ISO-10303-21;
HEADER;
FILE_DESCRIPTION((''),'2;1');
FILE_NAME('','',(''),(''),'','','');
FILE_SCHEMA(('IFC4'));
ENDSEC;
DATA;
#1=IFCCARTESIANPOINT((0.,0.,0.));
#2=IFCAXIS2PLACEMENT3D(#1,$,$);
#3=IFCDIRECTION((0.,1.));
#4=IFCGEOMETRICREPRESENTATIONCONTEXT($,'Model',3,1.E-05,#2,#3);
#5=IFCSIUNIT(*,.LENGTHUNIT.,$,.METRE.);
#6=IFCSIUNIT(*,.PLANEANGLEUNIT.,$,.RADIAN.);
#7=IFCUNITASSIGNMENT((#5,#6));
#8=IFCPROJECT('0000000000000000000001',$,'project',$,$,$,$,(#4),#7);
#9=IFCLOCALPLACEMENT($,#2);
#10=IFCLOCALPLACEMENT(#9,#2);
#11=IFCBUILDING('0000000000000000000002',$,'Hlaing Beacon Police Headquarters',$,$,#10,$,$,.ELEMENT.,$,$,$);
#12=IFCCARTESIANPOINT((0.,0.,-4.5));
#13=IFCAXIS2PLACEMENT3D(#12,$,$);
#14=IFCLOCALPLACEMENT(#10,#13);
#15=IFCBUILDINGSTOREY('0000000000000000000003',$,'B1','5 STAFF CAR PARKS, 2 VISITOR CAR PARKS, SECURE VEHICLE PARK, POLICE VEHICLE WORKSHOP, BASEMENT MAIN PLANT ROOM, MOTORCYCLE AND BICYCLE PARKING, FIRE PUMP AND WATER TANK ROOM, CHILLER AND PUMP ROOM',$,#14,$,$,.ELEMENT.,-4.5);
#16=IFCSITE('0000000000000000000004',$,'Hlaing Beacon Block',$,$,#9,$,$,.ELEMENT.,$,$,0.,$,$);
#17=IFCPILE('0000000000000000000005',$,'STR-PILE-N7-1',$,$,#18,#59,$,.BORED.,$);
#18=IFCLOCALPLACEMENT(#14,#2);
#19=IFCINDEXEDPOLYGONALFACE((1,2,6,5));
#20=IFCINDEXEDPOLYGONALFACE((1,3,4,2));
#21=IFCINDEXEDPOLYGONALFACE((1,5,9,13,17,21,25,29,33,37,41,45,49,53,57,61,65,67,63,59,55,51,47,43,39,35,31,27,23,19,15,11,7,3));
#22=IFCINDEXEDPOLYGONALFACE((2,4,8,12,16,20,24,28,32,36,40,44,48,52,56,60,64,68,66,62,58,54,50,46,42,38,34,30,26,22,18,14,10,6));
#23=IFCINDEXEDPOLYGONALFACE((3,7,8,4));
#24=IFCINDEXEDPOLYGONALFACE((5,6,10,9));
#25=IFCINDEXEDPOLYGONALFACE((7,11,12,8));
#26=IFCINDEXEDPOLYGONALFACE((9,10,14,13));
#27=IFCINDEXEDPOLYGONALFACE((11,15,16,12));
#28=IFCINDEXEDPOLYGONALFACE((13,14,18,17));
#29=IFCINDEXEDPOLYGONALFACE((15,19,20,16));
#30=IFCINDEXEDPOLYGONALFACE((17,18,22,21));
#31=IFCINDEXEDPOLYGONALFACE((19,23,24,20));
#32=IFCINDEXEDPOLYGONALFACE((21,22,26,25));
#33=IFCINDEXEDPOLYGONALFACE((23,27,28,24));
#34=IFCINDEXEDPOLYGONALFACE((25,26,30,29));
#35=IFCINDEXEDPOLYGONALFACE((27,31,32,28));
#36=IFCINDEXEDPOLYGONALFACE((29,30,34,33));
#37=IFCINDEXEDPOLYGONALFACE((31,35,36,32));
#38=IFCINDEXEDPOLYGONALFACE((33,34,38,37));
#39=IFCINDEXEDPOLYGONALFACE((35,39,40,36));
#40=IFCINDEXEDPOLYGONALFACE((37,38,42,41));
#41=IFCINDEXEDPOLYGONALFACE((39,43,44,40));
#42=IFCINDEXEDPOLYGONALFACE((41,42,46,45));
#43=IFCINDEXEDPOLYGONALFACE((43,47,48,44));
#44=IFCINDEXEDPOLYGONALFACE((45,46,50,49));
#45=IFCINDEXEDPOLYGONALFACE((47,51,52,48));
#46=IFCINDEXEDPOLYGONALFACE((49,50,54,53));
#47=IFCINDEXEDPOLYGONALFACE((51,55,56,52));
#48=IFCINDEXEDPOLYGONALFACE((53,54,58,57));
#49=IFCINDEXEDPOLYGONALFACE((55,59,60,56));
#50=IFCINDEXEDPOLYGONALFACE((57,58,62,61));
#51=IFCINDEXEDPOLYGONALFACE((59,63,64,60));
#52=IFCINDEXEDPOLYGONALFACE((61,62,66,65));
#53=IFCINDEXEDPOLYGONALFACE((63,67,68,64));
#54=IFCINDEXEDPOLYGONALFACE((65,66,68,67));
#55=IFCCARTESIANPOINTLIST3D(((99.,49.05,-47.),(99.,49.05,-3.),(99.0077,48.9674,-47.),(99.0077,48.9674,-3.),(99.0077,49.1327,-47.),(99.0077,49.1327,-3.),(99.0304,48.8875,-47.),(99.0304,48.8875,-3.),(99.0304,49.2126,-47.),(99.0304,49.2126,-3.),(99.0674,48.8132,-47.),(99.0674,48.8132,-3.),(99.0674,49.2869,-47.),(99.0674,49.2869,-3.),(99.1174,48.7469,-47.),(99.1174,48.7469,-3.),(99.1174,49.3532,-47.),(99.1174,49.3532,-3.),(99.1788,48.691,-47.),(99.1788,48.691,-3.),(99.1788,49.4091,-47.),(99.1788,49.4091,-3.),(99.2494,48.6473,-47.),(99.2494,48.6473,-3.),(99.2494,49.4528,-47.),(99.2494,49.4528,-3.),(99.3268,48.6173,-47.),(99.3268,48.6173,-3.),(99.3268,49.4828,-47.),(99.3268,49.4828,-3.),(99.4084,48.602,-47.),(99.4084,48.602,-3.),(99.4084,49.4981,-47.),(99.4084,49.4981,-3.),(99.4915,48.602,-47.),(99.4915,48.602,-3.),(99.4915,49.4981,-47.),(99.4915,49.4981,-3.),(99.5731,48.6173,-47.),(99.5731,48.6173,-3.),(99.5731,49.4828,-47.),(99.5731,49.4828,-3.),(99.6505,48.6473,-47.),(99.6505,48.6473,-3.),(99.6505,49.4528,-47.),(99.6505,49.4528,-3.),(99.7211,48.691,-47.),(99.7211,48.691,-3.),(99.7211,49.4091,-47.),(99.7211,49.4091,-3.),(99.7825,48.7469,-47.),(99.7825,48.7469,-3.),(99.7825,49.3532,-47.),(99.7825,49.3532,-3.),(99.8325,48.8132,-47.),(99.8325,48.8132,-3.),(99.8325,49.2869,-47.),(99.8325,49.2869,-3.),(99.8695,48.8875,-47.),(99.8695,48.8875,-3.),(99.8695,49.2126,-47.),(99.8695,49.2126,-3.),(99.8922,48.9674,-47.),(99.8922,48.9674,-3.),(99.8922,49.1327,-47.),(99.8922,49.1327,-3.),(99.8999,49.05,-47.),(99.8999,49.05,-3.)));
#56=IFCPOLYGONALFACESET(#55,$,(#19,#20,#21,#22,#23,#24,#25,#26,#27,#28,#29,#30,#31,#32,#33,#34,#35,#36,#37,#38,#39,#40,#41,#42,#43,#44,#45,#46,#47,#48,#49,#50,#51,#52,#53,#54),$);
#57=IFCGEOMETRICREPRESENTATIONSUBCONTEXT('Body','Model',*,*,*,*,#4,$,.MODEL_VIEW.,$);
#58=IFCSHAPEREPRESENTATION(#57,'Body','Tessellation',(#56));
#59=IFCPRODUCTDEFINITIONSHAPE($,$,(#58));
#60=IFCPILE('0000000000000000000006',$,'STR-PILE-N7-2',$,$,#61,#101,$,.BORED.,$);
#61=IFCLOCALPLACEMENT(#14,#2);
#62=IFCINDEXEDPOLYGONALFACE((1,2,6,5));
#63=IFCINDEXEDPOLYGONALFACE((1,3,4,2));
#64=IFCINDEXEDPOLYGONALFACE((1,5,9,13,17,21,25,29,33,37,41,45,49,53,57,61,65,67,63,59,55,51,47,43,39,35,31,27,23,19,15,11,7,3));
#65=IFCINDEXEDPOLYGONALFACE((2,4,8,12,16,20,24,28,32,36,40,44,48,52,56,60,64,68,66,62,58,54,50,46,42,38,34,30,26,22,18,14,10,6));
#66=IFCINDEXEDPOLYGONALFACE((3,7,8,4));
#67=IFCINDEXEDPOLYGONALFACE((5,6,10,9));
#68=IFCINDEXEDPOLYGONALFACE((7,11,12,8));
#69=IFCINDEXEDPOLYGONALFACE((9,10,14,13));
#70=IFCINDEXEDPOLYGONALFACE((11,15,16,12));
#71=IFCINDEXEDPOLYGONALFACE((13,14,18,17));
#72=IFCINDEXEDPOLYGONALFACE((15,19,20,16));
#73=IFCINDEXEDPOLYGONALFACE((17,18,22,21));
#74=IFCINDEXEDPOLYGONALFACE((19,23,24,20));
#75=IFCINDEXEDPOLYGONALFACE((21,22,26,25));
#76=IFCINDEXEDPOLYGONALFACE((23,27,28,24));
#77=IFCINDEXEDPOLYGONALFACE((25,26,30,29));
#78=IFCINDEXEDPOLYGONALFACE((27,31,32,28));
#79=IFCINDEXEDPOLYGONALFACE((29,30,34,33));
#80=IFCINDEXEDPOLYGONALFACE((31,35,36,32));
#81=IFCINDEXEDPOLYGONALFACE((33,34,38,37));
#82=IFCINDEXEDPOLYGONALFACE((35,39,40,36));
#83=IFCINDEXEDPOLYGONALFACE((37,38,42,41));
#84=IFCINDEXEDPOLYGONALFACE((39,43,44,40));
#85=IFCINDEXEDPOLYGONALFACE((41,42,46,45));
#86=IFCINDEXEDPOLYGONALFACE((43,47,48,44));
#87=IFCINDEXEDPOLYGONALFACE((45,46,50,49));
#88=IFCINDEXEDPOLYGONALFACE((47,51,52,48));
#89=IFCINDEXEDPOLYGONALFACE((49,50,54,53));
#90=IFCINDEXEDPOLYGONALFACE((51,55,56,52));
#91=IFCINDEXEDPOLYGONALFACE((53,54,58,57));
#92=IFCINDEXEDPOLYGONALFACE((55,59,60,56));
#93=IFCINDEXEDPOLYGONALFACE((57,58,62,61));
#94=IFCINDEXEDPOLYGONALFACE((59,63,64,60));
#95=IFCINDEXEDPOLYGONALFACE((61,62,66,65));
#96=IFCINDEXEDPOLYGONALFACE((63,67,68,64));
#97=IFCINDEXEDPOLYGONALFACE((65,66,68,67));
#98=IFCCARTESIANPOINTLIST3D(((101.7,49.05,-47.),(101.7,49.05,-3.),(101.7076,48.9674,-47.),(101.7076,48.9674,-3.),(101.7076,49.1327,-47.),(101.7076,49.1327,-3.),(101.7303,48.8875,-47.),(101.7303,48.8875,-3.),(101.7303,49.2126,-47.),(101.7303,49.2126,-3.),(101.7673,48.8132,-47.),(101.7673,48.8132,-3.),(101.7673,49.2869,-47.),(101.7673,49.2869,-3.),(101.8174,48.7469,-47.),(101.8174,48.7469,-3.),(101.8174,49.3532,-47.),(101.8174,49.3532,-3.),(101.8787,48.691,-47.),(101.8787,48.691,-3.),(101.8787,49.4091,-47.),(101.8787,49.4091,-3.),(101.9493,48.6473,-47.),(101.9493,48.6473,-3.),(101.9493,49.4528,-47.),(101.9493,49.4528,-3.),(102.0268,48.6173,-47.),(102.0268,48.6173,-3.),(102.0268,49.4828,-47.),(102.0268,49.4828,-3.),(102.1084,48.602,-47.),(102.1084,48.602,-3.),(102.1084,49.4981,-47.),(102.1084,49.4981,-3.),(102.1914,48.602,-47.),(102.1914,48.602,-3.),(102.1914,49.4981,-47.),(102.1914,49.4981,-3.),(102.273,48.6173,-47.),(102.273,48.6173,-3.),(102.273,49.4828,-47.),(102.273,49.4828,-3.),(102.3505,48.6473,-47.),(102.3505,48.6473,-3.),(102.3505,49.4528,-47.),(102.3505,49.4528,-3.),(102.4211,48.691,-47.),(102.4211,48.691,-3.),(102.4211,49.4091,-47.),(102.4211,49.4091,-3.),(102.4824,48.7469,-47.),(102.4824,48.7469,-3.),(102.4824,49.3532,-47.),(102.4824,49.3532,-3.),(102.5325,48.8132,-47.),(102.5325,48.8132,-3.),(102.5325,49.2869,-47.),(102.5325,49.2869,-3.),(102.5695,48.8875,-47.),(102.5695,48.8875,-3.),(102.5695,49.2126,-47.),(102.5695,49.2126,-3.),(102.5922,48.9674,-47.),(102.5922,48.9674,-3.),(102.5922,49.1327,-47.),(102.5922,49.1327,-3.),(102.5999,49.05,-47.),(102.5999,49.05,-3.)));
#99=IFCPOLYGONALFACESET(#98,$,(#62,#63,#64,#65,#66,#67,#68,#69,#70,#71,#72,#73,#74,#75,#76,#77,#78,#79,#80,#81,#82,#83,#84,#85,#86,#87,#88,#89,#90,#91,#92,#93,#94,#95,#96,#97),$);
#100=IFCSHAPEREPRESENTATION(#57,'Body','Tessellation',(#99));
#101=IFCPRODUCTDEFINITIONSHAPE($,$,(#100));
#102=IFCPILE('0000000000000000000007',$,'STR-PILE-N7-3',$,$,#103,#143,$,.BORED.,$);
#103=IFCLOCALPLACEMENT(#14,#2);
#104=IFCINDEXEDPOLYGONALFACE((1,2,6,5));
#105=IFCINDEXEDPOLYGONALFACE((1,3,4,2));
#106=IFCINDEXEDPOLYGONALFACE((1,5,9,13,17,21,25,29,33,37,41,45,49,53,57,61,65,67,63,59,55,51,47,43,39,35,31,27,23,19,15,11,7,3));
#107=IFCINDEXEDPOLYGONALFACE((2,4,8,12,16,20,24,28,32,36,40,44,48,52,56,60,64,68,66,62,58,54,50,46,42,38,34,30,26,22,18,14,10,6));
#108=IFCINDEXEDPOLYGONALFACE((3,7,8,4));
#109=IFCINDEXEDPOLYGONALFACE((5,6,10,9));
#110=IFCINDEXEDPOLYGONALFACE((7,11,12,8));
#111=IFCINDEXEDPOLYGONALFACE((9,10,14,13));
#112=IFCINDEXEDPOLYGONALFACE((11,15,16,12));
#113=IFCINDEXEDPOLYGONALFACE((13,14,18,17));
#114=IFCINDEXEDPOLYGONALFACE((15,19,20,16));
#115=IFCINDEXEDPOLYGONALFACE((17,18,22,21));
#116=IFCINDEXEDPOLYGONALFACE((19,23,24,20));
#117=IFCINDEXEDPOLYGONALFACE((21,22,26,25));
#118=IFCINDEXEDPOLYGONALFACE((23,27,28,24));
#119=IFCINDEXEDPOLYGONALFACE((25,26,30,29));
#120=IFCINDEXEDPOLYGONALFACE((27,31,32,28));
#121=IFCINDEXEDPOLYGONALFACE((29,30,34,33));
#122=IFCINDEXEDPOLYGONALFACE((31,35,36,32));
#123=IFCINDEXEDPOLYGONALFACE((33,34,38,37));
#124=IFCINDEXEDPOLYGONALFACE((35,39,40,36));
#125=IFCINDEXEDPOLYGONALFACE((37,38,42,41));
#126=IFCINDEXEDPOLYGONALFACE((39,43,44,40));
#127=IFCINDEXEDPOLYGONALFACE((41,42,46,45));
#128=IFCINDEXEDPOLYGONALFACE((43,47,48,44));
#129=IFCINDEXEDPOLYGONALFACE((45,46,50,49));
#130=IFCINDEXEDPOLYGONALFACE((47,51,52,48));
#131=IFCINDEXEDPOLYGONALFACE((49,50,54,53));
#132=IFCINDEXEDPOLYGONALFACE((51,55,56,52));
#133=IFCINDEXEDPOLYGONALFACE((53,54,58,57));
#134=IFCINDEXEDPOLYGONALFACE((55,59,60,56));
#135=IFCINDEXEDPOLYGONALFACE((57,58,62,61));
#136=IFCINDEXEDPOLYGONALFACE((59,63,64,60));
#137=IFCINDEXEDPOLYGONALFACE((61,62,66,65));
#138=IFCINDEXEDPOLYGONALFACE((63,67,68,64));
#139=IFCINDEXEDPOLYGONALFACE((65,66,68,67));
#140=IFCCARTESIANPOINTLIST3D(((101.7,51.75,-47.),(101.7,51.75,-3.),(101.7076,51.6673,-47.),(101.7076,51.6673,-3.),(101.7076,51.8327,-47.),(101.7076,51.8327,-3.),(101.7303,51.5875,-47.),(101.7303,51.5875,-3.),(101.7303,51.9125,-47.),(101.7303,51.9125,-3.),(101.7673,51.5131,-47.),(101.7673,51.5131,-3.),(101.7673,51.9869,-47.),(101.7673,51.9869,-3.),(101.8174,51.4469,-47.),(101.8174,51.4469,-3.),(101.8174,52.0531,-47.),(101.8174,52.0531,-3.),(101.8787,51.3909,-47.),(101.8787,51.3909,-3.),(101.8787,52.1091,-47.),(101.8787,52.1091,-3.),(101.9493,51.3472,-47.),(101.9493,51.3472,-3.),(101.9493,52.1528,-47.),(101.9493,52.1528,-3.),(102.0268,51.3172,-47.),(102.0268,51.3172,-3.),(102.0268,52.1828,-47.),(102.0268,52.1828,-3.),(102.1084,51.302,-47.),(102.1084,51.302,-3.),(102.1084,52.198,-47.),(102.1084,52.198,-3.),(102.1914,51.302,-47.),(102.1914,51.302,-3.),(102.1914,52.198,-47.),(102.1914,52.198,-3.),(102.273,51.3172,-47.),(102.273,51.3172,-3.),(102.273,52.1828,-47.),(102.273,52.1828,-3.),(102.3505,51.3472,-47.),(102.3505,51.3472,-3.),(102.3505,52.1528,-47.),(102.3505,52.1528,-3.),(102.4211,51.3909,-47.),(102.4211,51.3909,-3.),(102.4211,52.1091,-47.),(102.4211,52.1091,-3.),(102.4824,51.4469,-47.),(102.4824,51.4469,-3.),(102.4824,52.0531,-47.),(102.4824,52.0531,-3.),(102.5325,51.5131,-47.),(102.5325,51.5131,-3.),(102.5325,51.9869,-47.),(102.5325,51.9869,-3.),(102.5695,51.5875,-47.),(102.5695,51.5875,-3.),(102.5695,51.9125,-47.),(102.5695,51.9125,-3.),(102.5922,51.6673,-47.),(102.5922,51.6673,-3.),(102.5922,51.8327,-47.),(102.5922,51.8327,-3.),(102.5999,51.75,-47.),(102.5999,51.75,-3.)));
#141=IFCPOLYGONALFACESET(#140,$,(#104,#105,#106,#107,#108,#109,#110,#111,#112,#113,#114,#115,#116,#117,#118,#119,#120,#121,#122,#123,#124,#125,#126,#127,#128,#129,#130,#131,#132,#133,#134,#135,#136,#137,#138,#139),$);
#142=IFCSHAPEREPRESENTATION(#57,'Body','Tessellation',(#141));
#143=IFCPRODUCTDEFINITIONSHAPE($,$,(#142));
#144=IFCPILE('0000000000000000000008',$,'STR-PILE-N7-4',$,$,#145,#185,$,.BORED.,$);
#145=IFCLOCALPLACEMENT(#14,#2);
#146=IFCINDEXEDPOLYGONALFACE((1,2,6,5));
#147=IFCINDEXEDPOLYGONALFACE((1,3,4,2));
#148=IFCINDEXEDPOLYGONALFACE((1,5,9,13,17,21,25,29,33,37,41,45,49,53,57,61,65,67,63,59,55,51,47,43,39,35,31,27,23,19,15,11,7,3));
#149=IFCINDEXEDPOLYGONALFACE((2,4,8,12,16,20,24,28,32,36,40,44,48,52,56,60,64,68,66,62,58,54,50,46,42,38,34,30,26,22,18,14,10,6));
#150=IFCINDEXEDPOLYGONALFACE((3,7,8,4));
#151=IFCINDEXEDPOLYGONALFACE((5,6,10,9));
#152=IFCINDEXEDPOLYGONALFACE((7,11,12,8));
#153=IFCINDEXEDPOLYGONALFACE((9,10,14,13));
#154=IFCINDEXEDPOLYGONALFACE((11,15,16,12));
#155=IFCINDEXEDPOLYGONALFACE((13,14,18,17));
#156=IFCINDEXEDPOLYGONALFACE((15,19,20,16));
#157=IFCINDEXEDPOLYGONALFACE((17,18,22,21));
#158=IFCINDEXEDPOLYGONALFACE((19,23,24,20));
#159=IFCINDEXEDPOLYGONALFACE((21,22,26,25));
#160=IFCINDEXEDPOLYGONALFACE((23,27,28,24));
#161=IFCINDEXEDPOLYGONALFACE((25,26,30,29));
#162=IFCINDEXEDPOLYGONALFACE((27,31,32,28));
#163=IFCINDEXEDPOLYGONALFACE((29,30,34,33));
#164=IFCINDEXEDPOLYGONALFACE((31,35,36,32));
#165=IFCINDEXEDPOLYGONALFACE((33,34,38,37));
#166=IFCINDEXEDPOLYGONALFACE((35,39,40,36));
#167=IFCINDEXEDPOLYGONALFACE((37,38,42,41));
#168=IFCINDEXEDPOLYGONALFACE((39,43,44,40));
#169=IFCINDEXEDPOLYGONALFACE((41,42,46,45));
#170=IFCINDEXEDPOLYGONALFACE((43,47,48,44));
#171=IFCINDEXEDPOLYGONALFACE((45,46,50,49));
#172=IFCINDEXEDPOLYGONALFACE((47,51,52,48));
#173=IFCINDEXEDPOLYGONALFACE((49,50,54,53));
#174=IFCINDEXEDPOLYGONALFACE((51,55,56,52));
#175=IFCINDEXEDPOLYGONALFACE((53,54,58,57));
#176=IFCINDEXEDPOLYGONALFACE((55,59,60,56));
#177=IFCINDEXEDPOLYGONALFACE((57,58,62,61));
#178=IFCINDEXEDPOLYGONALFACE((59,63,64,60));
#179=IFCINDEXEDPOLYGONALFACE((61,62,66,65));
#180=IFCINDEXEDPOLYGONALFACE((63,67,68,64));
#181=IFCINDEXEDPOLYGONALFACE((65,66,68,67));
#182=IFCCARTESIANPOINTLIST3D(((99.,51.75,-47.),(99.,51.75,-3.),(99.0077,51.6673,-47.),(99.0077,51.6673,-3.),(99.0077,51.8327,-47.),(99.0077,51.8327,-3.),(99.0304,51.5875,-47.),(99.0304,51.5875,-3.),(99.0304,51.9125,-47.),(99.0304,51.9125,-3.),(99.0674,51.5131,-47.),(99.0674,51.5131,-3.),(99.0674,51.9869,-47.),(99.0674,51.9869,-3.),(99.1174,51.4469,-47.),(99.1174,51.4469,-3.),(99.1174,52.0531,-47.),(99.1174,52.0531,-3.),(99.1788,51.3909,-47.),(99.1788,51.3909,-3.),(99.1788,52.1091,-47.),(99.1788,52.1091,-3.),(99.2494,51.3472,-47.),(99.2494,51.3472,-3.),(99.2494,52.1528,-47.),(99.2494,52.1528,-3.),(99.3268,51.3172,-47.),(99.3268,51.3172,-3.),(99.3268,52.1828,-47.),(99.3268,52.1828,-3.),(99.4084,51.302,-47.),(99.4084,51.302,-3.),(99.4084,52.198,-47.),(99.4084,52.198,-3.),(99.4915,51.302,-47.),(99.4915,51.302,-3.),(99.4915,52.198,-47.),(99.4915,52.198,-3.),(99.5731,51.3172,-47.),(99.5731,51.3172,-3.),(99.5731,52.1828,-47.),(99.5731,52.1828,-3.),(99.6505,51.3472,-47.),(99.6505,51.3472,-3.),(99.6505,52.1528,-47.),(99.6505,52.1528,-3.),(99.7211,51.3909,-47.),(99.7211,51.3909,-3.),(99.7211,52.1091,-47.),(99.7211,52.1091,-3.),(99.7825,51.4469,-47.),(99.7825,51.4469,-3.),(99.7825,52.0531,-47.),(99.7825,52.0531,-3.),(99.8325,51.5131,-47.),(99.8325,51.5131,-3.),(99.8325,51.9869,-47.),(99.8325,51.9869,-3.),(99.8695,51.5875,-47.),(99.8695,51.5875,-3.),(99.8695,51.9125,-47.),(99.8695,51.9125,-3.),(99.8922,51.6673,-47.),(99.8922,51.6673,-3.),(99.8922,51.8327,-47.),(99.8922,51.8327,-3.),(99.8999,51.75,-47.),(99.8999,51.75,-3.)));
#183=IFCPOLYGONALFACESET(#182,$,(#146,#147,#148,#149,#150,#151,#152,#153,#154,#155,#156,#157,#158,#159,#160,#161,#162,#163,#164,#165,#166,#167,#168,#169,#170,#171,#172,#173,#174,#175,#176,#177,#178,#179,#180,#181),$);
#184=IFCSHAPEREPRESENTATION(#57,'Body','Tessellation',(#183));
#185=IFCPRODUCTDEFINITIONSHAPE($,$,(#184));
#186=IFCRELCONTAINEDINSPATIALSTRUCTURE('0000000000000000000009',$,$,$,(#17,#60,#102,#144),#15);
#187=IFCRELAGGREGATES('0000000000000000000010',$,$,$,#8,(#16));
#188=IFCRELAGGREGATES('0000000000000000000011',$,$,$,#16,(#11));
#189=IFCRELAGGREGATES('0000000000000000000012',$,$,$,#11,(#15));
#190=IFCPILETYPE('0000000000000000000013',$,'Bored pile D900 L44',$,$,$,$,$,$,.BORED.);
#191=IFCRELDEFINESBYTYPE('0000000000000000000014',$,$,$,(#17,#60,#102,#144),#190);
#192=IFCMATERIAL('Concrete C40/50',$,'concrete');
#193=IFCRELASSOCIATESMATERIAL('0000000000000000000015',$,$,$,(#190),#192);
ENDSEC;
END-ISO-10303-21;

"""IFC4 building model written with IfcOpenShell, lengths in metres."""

from ifc_helpers import new_model, si_unit, direction, frame, origin, origin_2d, place, context, subcontext, project, spatial, circle, extrude, material, material_profile, profile_set, type_object, element, save


model = new_model("IFC4")

# Units and contexts
model_context = context("Model", 3, precision=1e-05, world=origin(), true_north=direction((0.0, 1.0)))
body_context = subcontext(model_context, "Body", "Model", "MODEL_VIEW")
ifc_project = project(units=[si_unit("LENGTHUNIT", "METRE"), si_unit("PLANEANGLEUNIT", "RADIAN")], contexts=[model_context])

# Site, building, storey
site_placement = place(None, origin())
site = spatial("IfcSite", under=ifc_project, at=site_placement, Name="Hlaing Beacon Block", CompositionType="ELEMENT", RefElevation=0.0)
building_placement = place(site_placement, origin())
building = spatial("IfcBuilding", under=site, at=building_placement, Name="Hlaing Beacon Police Headquarters", CompositionType="ELEMENT")
storey_placement = place(building_placement, frame((0.0, 0.0, -4.5)))
storey = spatial("IfcBuildingStorey", under=building, at=storey_placement, Name="B1", Description="5 STAFF CAR PARKS, 2 VISITOR CAR PARKS, SECURE VEHICLE PARK, POLICE VEHICLE WORKSHOP, BASEMENT MAIN PLANT ROOM, MOTORCYCLE AND BICYCLE PARKING, FIRE PUMP AND WATER TANK ROOM, CHILLER AND PUMP ROOM", CompositionType="ELEMENT", Elevation=-4.5)

# Piles
ifc_material_1 = material(Name="Concrete C40/50", Category="concrete")
ifc_material_profile_1 = material_profile(ifc_material_1, circle(Radius=0.45, at=origin_2d()), Name="D900")
ifc_profile_set_1 = profile_set([ifc_material_profile_1], Name="Concrete C40/50")
pile_type_1 = type_object("IfcPileType", Name="Bored pile D900 L44", PredefinedType="BORED", material=ifc_profile_set_1)
for number, where, z_axis, x_axis, name in (
    (1, (99.45, 49.05, -3.0), (0.0, 0.0, -1.0), (1.0, 0.0, 0.0), "STR-PILE-N7-1"),
    (2, (102.1499, 49.05, -3.0), (0.0, 0.0, -1.0), (1.0, 0.0, 0.0), "STR-PILE-N7-2"),
    (3, (102.1499, 51.75, -3.0), (0.0, 0.0, -1.0), (1.0, 0.0, 0.0), "STR-PILE-N7-3"),
    (4, (99.45, 51.75, -3.0), (0.0, 0.0, -1.0), (1.0, 0.0, 0.0), "STR-PILE-N7-4"),
):
    element("IfcPile", number, at=place(storey_placement, frame(where, z_axis=z_axis, x_axis=x_axis)), inside=storey, type_object=pile_type_1, Name=name, PredefinedType="BORED", context=body_context, shape_type="SweptSolid", body=[
        extrude(circle(Radius=0.45, at=origin_2d()), origin(), (0.0, 0.0, 1.0), 44.0),
    ])

save(model, "model.ifc")
